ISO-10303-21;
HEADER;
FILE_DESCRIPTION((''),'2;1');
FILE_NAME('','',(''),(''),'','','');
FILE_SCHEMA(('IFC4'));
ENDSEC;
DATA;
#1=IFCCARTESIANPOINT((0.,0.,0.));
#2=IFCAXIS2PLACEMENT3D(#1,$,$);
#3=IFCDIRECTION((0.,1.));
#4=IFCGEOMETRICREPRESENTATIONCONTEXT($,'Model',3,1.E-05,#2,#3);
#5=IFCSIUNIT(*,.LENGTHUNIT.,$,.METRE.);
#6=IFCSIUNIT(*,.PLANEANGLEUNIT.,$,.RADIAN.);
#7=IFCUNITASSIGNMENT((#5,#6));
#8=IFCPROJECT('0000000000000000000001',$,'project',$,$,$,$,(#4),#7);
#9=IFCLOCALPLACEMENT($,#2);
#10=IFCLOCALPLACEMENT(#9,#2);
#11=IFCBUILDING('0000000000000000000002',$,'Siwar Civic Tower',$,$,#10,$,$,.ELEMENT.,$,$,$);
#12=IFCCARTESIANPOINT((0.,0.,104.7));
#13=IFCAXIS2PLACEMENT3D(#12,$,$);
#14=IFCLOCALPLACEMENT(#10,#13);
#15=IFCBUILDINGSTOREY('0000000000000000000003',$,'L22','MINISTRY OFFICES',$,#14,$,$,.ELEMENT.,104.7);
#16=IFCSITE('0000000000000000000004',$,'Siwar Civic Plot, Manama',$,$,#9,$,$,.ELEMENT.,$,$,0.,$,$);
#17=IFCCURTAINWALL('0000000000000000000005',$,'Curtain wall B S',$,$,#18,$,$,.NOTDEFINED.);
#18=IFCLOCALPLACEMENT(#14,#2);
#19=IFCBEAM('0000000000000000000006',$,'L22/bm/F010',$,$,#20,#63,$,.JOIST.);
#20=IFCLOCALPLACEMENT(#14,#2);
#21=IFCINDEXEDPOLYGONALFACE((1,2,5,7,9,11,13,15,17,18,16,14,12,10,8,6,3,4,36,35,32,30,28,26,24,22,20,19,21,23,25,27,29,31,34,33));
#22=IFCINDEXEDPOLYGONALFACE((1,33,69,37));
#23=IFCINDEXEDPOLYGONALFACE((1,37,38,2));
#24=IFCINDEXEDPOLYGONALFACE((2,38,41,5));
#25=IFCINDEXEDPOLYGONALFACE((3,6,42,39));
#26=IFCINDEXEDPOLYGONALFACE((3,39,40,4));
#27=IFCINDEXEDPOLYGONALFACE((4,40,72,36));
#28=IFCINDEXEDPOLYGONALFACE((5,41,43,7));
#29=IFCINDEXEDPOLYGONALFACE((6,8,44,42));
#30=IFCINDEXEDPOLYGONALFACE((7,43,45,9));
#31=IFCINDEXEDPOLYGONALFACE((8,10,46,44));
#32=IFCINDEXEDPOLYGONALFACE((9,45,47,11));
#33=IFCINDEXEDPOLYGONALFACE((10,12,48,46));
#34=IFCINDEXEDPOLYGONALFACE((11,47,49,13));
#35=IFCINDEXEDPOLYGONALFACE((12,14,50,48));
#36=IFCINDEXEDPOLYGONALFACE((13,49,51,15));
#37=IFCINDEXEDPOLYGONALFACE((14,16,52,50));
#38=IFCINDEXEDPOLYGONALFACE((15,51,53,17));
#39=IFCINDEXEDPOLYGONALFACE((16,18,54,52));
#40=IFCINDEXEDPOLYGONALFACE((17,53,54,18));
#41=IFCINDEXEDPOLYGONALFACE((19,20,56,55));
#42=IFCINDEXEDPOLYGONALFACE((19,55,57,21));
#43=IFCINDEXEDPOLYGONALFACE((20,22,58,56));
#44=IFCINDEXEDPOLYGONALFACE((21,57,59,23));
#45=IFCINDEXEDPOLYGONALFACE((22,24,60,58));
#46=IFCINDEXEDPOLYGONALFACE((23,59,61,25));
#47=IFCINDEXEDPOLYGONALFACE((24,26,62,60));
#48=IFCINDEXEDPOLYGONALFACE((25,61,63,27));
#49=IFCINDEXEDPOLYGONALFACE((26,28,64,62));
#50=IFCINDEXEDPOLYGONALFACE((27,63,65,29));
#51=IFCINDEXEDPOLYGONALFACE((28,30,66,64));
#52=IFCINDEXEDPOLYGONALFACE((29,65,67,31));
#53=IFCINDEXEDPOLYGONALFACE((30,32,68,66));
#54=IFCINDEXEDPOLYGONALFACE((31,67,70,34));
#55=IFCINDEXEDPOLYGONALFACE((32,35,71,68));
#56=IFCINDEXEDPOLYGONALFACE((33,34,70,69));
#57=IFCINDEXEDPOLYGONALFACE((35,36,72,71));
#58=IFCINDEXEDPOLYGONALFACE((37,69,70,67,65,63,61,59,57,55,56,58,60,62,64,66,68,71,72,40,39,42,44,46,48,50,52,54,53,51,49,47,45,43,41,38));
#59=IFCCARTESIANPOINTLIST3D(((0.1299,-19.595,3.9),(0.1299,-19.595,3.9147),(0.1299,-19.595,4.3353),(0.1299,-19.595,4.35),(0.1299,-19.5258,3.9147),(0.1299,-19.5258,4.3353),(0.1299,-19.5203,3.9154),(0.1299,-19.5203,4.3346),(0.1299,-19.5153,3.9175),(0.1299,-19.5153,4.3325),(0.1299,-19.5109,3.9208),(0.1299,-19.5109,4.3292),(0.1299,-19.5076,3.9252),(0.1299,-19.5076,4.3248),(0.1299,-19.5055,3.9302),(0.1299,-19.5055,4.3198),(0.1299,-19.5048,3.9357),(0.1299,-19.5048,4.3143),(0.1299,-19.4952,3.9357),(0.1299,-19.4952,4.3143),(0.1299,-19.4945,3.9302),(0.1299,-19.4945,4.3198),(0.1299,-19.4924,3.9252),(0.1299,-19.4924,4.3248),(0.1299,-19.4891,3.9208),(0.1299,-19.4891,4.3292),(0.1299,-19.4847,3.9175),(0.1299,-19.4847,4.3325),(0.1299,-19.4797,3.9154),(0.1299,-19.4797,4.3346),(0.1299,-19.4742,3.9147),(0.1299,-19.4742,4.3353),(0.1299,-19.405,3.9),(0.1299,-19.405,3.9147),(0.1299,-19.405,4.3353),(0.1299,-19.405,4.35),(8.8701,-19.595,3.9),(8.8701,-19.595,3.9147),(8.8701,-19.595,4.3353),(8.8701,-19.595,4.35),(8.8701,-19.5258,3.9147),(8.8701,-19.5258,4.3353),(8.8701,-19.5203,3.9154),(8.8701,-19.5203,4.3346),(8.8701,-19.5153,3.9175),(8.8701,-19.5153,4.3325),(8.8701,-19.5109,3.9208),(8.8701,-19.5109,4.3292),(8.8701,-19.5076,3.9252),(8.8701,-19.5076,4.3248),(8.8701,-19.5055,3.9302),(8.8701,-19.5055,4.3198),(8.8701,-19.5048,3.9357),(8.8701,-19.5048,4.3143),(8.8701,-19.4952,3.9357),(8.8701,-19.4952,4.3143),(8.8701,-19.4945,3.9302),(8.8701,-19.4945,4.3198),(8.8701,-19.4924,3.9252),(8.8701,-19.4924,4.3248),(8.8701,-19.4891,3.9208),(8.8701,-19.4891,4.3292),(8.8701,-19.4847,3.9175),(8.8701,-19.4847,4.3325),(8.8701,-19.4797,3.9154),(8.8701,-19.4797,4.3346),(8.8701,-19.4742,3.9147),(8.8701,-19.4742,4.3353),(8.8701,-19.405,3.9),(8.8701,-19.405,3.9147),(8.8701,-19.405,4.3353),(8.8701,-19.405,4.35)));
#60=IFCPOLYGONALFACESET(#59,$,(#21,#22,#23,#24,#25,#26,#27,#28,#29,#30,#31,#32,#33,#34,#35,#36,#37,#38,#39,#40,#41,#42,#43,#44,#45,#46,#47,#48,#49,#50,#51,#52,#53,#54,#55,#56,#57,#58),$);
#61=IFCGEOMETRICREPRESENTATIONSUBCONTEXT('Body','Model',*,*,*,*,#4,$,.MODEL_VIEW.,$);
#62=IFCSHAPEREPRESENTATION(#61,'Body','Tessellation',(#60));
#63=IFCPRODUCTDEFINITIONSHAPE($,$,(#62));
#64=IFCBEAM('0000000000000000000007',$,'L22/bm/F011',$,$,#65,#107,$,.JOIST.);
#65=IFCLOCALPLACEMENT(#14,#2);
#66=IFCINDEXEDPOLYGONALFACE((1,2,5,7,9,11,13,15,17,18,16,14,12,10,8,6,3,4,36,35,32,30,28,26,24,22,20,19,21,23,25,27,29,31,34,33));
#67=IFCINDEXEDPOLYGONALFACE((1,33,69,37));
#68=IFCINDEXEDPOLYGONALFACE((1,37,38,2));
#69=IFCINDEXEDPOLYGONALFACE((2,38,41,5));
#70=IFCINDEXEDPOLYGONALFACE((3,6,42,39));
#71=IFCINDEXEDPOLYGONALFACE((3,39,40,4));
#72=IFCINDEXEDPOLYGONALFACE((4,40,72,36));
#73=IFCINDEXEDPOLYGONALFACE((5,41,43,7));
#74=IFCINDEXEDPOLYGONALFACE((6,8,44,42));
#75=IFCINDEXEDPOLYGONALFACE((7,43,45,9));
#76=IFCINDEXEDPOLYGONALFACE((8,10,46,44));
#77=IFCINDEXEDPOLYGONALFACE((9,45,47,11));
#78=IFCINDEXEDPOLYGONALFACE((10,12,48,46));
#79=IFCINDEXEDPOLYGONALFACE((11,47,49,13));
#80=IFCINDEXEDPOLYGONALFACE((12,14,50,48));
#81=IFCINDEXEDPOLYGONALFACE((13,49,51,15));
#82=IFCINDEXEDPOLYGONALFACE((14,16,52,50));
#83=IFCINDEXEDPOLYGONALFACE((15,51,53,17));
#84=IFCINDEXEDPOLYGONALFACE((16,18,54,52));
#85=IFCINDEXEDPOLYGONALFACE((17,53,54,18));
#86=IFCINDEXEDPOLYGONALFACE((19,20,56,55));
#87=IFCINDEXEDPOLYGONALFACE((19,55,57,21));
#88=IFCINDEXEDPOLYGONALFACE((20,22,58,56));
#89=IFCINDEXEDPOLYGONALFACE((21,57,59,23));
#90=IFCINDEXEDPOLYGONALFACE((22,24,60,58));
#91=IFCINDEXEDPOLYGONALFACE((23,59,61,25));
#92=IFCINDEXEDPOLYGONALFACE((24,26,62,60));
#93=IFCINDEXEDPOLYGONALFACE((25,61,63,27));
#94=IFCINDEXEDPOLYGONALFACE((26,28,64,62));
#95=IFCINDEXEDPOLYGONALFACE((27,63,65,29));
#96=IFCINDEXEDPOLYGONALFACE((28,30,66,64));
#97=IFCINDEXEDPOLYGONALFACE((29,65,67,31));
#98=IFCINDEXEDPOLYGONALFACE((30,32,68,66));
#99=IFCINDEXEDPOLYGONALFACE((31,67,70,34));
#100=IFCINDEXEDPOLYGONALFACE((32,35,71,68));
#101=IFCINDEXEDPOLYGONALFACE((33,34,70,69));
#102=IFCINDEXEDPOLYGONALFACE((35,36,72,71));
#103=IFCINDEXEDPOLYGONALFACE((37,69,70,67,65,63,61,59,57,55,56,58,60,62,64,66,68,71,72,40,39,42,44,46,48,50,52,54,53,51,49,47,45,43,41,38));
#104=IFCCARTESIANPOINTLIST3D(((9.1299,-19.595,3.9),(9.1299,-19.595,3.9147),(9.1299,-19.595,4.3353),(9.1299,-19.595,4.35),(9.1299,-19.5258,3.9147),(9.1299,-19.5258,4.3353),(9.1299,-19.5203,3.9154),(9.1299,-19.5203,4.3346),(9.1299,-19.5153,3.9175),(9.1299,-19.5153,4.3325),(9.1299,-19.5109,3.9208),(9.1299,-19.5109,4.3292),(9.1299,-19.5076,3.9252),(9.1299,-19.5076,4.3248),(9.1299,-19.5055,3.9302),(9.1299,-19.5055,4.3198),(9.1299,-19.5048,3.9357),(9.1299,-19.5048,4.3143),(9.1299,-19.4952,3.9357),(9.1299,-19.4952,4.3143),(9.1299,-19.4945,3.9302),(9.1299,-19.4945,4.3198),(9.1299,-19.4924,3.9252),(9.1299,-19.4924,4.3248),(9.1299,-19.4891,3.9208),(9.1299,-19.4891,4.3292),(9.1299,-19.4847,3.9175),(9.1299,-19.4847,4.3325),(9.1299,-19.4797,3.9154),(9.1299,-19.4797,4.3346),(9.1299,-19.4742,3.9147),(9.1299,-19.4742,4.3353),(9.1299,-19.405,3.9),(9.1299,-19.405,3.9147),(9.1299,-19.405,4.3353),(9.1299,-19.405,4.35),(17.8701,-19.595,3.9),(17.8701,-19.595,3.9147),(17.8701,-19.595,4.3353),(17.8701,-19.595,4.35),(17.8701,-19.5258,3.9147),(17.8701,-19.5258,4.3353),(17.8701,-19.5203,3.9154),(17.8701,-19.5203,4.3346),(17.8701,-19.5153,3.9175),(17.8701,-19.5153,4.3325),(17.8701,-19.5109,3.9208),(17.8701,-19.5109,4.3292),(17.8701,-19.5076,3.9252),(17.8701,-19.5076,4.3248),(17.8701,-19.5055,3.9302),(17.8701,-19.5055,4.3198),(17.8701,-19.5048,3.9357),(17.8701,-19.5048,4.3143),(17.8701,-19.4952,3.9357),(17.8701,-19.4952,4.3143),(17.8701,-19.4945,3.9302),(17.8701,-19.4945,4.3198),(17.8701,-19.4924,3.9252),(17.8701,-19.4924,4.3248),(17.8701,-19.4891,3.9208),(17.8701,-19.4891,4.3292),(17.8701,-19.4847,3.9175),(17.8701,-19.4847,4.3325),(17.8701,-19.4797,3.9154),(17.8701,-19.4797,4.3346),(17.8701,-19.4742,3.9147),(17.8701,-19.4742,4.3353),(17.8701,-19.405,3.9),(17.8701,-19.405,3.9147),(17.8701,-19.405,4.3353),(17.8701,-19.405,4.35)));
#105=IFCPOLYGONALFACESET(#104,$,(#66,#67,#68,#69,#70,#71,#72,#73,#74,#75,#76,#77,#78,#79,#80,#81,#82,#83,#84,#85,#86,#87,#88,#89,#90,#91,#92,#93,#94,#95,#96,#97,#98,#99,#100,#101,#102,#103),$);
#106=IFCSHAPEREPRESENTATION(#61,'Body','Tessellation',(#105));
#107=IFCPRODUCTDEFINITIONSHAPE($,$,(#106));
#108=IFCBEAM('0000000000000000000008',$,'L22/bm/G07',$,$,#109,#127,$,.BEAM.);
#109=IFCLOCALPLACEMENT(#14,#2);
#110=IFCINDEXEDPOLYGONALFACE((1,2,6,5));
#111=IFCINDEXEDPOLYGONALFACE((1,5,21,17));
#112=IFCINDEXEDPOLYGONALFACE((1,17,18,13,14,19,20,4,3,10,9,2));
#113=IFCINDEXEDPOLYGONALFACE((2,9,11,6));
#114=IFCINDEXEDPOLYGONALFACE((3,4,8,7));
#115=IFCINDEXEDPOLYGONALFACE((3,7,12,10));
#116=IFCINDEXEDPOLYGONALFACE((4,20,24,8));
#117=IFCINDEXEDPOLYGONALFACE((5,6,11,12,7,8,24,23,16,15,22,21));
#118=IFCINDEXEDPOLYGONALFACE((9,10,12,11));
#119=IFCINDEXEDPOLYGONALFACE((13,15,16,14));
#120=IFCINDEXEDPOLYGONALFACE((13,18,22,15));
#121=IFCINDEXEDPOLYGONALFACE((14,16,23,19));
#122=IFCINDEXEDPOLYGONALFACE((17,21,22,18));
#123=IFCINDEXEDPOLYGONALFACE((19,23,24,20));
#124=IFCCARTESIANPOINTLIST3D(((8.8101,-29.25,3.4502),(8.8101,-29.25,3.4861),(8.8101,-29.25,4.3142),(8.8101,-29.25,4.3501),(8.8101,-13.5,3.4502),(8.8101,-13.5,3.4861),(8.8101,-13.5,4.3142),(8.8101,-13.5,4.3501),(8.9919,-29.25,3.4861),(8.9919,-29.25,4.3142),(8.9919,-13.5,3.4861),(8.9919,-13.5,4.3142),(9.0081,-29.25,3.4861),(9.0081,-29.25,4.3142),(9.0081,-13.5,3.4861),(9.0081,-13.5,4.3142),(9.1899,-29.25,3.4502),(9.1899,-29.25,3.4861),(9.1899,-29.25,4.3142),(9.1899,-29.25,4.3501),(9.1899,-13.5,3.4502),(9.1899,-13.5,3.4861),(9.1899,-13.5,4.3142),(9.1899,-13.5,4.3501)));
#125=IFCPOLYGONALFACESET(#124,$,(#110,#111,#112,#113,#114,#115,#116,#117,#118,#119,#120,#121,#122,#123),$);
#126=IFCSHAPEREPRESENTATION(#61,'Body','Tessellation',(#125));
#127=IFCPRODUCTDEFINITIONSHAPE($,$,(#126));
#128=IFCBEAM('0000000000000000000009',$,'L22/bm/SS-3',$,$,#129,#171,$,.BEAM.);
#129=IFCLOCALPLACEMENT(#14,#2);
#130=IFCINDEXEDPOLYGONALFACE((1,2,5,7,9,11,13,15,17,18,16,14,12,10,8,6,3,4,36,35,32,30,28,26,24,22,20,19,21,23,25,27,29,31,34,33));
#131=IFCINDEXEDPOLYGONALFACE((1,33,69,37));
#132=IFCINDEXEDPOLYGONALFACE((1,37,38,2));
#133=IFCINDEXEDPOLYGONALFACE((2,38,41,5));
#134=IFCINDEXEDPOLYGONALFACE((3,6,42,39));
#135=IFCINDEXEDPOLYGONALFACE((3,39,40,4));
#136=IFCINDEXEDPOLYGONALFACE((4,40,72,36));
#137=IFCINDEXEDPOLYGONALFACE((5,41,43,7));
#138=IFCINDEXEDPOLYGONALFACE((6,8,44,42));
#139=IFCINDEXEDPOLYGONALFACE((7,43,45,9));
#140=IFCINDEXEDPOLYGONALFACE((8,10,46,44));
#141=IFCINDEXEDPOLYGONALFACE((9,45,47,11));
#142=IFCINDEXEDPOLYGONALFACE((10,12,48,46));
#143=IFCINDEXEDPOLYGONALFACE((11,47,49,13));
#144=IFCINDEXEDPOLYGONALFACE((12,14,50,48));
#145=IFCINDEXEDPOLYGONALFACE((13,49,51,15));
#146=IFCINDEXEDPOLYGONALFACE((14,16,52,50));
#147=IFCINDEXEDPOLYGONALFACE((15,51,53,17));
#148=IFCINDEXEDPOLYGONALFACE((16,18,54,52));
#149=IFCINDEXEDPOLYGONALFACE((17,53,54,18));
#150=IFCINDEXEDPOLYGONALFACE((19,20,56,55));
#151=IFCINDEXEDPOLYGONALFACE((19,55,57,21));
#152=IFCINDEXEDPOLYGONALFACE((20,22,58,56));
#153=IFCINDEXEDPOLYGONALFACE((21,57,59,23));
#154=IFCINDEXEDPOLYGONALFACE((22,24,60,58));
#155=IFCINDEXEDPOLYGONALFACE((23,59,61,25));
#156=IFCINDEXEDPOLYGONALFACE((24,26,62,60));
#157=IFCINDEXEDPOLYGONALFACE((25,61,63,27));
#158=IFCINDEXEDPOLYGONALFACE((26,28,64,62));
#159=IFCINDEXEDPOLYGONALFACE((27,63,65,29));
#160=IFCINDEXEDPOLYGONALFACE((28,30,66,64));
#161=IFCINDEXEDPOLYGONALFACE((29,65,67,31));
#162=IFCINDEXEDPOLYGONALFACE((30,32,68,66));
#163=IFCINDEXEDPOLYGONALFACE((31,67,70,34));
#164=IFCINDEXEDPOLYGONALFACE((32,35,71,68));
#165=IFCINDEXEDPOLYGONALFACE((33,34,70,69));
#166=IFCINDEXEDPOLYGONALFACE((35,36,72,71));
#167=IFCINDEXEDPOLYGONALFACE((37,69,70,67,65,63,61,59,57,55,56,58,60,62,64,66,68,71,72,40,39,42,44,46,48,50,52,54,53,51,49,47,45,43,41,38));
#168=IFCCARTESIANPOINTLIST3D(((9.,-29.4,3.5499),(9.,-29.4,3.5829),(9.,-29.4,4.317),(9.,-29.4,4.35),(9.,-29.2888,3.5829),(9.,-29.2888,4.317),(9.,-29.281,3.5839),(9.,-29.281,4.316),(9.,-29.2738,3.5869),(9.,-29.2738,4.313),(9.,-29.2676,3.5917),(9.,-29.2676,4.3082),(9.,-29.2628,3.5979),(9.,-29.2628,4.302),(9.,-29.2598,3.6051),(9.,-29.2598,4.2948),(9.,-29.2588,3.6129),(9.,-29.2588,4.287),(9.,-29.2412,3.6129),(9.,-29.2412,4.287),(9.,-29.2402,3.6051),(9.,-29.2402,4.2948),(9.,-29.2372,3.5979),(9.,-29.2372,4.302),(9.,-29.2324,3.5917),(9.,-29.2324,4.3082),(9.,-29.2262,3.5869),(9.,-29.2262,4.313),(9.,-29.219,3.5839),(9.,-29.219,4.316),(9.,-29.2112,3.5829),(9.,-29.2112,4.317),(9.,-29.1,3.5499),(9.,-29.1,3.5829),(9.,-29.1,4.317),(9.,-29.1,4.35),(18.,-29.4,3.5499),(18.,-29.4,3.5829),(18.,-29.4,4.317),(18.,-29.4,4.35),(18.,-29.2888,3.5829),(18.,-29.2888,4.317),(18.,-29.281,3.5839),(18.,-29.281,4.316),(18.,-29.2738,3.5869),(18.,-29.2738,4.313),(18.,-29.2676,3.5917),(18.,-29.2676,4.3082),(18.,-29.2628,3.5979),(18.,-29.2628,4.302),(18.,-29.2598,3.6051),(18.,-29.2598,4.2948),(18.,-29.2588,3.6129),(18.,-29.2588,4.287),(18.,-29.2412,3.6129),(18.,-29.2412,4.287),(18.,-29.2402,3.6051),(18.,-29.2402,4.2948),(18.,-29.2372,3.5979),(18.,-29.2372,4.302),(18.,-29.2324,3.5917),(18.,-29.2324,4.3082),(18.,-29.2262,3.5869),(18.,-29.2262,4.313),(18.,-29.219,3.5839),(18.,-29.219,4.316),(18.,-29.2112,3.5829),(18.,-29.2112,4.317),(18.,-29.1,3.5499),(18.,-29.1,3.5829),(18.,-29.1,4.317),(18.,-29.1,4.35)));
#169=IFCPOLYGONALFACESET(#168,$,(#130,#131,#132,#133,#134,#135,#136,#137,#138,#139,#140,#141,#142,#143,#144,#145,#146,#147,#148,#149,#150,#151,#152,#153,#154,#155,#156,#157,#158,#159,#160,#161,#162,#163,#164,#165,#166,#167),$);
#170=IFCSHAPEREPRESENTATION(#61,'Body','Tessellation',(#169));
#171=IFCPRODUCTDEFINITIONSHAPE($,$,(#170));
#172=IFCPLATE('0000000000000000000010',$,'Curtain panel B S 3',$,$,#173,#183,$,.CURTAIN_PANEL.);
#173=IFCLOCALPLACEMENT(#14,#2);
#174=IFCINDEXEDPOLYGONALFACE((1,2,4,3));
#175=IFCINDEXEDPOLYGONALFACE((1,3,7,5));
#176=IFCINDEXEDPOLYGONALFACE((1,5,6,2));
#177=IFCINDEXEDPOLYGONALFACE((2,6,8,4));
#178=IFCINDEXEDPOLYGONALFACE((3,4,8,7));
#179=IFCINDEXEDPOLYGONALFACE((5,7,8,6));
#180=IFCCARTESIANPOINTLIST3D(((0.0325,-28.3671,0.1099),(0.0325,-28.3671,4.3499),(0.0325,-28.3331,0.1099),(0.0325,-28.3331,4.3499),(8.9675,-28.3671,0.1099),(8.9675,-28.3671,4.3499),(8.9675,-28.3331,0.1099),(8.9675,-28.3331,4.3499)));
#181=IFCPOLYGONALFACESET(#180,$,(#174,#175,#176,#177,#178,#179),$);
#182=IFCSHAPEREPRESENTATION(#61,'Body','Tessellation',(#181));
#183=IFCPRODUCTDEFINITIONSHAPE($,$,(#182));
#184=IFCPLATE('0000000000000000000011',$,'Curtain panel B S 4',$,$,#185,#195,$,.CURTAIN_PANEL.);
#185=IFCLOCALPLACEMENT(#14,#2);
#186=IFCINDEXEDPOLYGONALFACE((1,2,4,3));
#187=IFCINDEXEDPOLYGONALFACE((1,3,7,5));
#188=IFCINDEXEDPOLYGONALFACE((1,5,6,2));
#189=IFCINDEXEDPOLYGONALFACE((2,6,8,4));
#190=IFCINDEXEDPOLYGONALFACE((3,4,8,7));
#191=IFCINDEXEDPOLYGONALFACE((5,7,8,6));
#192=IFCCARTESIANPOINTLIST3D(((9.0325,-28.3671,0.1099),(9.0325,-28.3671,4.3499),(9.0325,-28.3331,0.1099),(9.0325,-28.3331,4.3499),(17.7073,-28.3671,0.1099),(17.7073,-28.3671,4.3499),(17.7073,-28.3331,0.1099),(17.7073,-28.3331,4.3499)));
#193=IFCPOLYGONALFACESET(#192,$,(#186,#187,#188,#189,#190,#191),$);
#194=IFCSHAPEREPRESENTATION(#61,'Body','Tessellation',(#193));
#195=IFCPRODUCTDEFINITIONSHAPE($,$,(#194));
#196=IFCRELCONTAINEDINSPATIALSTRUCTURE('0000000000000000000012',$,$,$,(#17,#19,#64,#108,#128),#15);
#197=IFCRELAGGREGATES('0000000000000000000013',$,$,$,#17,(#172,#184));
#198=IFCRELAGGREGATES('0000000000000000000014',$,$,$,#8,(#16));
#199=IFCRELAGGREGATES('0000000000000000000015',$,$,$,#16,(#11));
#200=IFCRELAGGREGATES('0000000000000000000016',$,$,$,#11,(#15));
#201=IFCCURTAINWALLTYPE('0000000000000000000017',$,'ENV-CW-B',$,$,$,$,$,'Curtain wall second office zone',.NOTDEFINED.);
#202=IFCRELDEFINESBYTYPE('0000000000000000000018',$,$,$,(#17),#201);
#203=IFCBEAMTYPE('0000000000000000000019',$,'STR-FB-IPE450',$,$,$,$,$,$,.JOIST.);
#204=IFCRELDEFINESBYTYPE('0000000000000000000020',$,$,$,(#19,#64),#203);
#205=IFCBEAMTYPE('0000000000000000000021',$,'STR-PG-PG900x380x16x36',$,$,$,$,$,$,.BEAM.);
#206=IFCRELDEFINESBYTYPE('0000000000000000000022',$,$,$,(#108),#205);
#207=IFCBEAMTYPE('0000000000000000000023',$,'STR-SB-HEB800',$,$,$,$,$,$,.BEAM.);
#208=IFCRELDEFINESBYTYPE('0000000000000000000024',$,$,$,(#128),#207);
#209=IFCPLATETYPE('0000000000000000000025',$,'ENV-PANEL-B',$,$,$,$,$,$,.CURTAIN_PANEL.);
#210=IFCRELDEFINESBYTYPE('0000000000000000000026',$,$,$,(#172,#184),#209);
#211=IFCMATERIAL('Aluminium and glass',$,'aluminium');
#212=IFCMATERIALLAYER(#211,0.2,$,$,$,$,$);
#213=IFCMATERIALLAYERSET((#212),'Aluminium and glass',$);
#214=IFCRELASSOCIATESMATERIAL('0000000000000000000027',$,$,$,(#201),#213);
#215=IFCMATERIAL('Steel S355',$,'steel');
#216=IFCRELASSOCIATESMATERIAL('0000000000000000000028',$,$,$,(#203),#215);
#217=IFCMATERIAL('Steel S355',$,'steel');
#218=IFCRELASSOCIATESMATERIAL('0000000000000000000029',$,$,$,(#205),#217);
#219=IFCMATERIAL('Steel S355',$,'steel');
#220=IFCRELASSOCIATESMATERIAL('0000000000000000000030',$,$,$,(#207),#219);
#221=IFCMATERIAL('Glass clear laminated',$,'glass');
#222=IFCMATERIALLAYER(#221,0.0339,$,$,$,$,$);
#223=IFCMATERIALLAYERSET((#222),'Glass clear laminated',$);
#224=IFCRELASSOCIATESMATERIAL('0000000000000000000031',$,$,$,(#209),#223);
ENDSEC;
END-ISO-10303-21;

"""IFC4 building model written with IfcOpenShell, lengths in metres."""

from ifc_helpers import new_model, si_unit, direction, frame, origin, origin_2d, place, context, subcontext, project, spatial, rectangle, i_section, extrude, material, layer, layer_set, material_profile, profile_set, type_object, element, aggregate, save


model = new_model("IFC4")

# Units and contexts
model_context = context("Model", 3, precision=1e-05, world=origin(), true_north=direction((0.0, 1.0)))
body_context = subcontext(model_context, "Body", "Model", "MODEL_VIEW")
ifc_project = project(units=[si_unit("LENGTHUNIT", "METRE"), si_unit("PLANEANGLEUNIT", "RADIAN")], contexts=[model_context])

# Site, building, storey
site_placement = place(None, origin())
site = spatial("IfcSite", under=ifc_project, at=site_placement, Name="Siwar Civic Plot, Manama", CompositionType="ELEMENT", RefElevation=0.0)
building_placement = place(site_placement, origin())
building = spatial("IfcBuilding", under=site, at=building_placement, Name="Siwar Civic Tower", CompositionType="ELEMENT")
storey_placement = place(building_placement, frame((0.0, 0.0, 104.7)))
storey = spatial("IfcBuildingStorey", under=building, at=storey_placement, Name="L22", Description="MINISTRY OFFICES", CompositionType="ELEMENT", Elevation=104.7)

# Curtain wall
ifc_material_1 = material(Name="Aluminium and glass", Category="aluminium")
ifc_layer_1 = layer(ifc_material_1, 0.2)
ifc_layer_set_1 = layer_set([ifc_layer_1], Name="Aluminium and glass")
curtain_wall_type = type_object("IfcCurtainWallType", Name="ENV-CW-B", ElementType="Curtain wall second office zone", PredefinedType="NOTDEFINED", material=ifc_layer_set_1)
curtain_wall_placement = place(storey_placement, origin())
curtain_wall = element("IfcCurtainWall", 1, at=curtain_wall_placement, inside=storey, type_object=curtain_wall_type, Name="Curtain wall B S", PredefinedType="NOTDEFINED")

# Beams
ifc_material_2 = material(Name="Steel S355", Category="steel")
ifc_material_profile_1 = material_profile(ifc_material_2, i_section(OverallWidth=0.1899, OverallDepth=0.45, WebThickness=0.0095, FlangeThickness=0.0146, FilletRadius=0.021, at=origin_2d()), Name="IPE450")
ifc_profile_set_1 = profile_set([ifc_material_profile_1], Name="Steel S355")
beam_type_1 = type_object("IfcBeamType", Name="STR-FB-IPE450", PredefinedType="JOIST", material=ifc_profile_set_1)
for number, where, z_axis, x_axis, name in (
    (2, (0.1299, -19.5, 4.125), (1.0, 0.0, 0.0), (0.0, 1.0, 0.0), "L22/bm/F010"),
    (3, (9.1299, -19.5, 4.125), (1.0, 0.0, 0.0), (0.0, 1.0, 0.0), "L22/bm/F011"),
):
    element("IfcBeam", number, at=place(storey_placement, frame(where, z_axis=z_axis, x_axis=x_axis)), inside=storey, type_object=beam_type_1, Name=name, PredefinedType="JOIST", context=body_context, shape_type="SweptSolid", body=[
        extrude(i_section(OverallWidth=0.1899, OverallDepth=0.45, WebThickness=0.0095, FlangeThickness=0.0146, FilletRadius=0.021, at=origin_2d()), origin(), (0.0, 0.0, 1.0), 8.7402),
    ])
ifc_material_3 = material(Name="Steel S355", Category="steel")
ifc_material_profile_2 = material_profile(ifc_material_3, i_section(OverallWidth=0.3799, OverallDepth=0.8999, WebThickness=0.0161, FlangeThickness=0.0359, at=origin_2d()), Name="PG900x380x16x36")
ifc_profile_set_2 = profile_set([ifc_material_profile_2], Name="Steel S355")
beam_type_2 = type_object("IfcBeamType", Name="STR-PG-PG900x380x16x36", PredefinedType="BEAM", material=ifc_profile_set_2)
beam_1_placement = place(storey_placement, frame((9.0, -29.25, 3.9001), z_axis=(0.0, 1.0, 0.0), x_axis=(-1.0, 0.0, 0.0)))
element("IfcBeam", 4, at=beam_1_placement, inside=storey, type_object=beam_type_2, Name="L22/bm/G07", PredefinedType="BEAM", context=body_context, shape_type="SweptSolid", body=[
    extrude(i_section(OverallWidth=0.3799, OverallDepth=0.8999, WebThickness=0.0161, FlangeThickness=0.0359, at=origin_2d()), origin(), (0.0, 0.0, 1.0), 15.75),
])
ifc_material_4 = material(Name="Steel S355", Category="steel")
ifc_material_profile_3 = material_profile(ifc_material_4, i_section(OverallWidth=0.3, OverallDepth=0.8, WebThickness=0.0176, FlangeThickness=0.033, FilletRadius=0.03, at=origin_2d()), Name="HEB800")
ifc_profile_set_3 = profile_set([ifc_material_profile_3], Name="Steel S355")
beam_type_3 = type_object("IfcBeamType", Name="STR-SB-HEB800", PredefinedType="BEAM", material=ifc_profile_set_3)
beam_2_placement = place(storey_placement, frame((9.0, -29.25, 3.95), z_axis=(1.0, 0.0, 0.0), x_axis=(0.0, 1.0, 0.0)))
element("IfcBeam", 5, at=beam_2_placement, inside=storey, type_object=beam_type_3, Name="L22/bm/SS-3", PredefinedType="BEAM", context=body_context, shape_type="SweptSolid", body=[
    extrude(i_section(OverallWidth=0.3, OverallDepth=0.8, WebThickness=0.0176, FlangeThickness=0.033, FilletRadius=0.03, at=origin_2d()), origin(), (0.0, 0.0, 1.0), 9.0),
])

# Plates
ifc_material_5 = material(Name="Glass clear laminated", Category="glass")
ifc_layer_2 = layer(ifc_material_5, 0.0339)
ifc_layer_set_2 = layer_set([ifc_layer_2], Name="Glass clear laminated")
plate_type = type_object("IfcPlateType", Name="ENV-PANEL-B", PredefinedType="CURTAIN_PANEL", material=ifc_layer_set_2)
plate_1_placement = place(storey_placement, frame((4.5, -28.3501, 0.1099), z_axis=(0.0, 0.0, 1.0), x_axis=(1.0, 0.0, 0.0)))
plate_1 = element("IfcPlate", 6, at=plate_1_placement, type_object=plate_type, Name="Curtain panel B S 3", PredefinedType="CURTAIN_PANEL", context=body_context, shape_type="SweptSolid", body=[
    extrude(rectangle(XDim=8.9351, YDim=0.0339, at=origin_2d()), origin(), (0.0, 0.0, 1.0), 4.24),
])
plate_2_placement = place(storey_placement, frame((13.3699, -28.3501, 0.1099), z_axis=(0.0, 0.0, 1.0), x_axis=(1.0, 0.0, 0.0)))
plate_2 = element("IfcPlate", 7, at=plate_2_placement, type_object=plate_type, Name="Curtain panel B S 4", PredefinedType="CURTAIN_PANEL", context=body_context, shape_type="SweptSolid", body=[
    extrude(rectangle(XDim=8.6748, YDim=0.0339, at=origin_2d()), origin(), (0.0, 0.0, 1.0), 4.24),
])
aggregate(curtain_wall, [plate_1, plate_2])

save(model, "model.ifc")
